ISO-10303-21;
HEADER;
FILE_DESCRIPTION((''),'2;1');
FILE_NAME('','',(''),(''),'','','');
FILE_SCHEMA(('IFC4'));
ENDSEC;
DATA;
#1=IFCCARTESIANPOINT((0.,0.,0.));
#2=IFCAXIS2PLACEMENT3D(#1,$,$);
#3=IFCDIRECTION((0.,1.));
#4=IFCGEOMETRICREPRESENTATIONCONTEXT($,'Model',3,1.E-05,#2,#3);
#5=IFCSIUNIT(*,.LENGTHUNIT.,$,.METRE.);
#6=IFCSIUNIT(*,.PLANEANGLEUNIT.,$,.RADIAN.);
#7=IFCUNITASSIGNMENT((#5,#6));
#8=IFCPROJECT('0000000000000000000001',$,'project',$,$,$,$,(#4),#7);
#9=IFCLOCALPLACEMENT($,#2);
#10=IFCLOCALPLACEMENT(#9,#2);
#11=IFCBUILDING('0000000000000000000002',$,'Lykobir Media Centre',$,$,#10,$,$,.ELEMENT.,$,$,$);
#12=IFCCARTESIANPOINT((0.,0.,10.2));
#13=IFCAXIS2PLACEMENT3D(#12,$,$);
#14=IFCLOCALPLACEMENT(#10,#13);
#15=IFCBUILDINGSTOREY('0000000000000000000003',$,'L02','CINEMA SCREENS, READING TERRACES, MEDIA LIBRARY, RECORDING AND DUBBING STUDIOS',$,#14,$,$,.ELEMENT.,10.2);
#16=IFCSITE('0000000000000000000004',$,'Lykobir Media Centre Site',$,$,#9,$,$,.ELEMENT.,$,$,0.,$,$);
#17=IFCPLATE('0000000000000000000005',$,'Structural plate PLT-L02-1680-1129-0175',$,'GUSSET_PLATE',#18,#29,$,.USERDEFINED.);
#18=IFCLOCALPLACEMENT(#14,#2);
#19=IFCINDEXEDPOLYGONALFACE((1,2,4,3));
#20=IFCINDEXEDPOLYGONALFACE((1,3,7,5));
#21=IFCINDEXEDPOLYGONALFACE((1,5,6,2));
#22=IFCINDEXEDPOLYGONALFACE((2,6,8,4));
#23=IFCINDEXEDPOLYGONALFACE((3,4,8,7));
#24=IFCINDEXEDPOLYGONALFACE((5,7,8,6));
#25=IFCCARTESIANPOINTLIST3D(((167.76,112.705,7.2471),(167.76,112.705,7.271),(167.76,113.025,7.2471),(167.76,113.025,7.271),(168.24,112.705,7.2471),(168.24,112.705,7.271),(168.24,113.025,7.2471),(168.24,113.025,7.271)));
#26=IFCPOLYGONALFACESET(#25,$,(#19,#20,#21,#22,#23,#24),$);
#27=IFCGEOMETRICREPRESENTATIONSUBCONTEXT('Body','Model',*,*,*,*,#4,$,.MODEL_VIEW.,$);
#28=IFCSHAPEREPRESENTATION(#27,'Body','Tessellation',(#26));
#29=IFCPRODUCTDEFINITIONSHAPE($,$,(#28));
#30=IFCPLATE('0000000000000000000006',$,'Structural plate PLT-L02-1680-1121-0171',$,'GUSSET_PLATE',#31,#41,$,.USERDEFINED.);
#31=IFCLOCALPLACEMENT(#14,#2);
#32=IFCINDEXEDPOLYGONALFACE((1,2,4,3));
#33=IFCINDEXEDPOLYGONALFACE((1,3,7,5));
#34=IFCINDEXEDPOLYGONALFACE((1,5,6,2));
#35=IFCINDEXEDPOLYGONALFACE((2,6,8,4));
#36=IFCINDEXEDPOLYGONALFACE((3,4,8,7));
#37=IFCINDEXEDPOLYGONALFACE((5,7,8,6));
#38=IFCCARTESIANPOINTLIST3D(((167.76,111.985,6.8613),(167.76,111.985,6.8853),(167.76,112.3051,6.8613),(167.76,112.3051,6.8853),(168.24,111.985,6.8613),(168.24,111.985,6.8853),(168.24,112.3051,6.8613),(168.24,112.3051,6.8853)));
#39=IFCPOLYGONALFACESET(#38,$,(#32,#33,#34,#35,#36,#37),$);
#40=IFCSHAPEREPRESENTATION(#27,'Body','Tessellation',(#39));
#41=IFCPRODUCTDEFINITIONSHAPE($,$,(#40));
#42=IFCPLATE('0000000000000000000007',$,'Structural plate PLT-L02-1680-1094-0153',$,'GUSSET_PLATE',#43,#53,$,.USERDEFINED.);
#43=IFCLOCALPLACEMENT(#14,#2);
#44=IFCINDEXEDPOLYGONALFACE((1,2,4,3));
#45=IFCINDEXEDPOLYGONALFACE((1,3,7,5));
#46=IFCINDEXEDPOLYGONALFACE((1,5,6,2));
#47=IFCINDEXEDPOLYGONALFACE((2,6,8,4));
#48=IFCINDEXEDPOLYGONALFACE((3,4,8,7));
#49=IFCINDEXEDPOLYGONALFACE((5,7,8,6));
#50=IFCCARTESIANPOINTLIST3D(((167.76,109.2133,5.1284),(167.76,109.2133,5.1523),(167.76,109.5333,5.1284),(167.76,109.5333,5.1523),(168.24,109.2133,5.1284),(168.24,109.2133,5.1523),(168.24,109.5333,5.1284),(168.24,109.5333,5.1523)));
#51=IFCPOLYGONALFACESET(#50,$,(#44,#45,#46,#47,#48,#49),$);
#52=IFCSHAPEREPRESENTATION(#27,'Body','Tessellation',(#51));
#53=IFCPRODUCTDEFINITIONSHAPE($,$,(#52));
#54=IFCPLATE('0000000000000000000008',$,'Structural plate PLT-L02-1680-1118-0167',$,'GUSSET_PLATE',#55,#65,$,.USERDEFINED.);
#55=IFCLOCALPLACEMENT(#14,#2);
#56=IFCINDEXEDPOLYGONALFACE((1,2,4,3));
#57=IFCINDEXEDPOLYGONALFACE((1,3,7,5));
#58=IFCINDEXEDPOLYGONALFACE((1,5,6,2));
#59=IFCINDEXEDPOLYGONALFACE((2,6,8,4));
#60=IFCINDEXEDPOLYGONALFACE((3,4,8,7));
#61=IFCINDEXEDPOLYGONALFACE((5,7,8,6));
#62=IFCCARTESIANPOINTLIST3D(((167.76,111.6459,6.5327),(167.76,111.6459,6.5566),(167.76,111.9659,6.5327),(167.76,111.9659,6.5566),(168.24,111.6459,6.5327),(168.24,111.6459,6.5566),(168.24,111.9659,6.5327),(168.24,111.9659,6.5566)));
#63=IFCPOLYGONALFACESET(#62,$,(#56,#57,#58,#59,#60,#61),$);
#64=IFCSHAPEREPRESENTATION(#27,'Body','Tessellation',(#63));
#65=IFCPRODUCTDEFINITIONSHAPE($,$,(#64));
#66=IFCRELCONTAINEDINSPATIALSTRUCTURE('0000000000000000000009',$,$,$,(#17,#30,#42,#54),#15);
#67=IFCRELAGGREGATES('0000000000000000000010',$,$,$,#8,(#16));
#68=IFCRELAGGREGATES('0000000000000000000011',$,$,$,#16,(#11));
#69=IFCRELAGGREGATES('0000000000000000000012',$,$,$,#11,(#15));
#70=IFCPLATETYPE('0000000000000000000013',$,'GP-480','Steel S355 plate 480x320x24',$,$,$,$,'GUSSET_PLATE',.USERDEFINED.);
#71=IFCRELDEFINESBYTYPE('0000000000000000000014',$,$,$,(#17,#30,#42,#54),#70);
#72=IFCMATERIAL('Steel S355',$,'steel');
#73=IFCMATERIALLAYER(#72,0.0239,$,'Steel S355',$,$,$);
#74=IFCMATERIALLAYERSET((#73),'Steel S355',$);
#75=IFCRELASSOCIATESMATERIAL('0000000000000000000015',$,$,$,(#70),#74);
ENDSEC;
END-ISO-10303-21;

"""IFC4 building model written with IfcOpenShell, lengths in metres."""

from ifc_helpers import new_model, si_unit, direction, frame, origin, origin_2d, place, context, subcontext, project, spatial, rectangle, extrude, material, layer, layer_set, type_object, element, save


model = new_model("IFC4")

# Units and contexts
model_context = context("Model", 3, precision=1e-05, world=origin(), true_north=direction((0.0, 1.0)))
body_context = subcontext(model_context, "Body", "Model", "MODEL_VIEW")
ifc_project = project(units=[si_unit("LENGTHUNIT", "METRE"), si_unit("PLANEANGLEUNIT", "RADIAN")], contexts=[model_context])

# Site, building, storey
site_placement = place(None, origin())
site = spatial("IfcSite", under=ifc_project, at=site_placement, Name="Lykobir Media Centre Site", CompositionType="ELEMENT", RefElevation=0.0)
building_placement = place(site_placement, origin())
building = spatial("IfcBuilding", under=site, at=building_placement, Name="Lykobir Media Centre", CompositionType="ELEMENT")
storey_placement = place(building_placement, frame((0.0, 0.0, 10.2)))
storey = spatial("IfcBuildingStorey", under=building, at=storey_placement, Name="L02", Description="CINEMA SCREENS, READING TERRACES, MEDIA LIBRARY, RECORDING AND DUBBING STUDIOS", CompositionType="ELEMENT", Elevation=10.2)

# Shared definitions
ifc_material_1 = material(Name="Steel S355", Category="steel")

# Plates
ifc_layer_1 = layer(ifc_material_1, 0.0239, Name="Steel S355")
ifc_layer_set_1 = layer_set([ifc_layer_1], Name="Steel S355")
plate_type_1 = type_object("IfcPlateType", Name="GP-480", Description="Steel S355 plate 480x320x24", ElementType="GUSSET_PLATE", PredefinedType="USERDEFINED", material=ifc_layer_set_1)
for number, where, z_axis, x_axis, name in (
    (1, (168.0, 112.865, 7.2471), (0.0, 0.0, 1.0), (1.0, 0.0, 0.0), "Structural plate PLT-L02-1680-1129-0175"),
    (2, (168.0, 112.145, 6.8613), (0.0, 0.0, 1.0), (1.0, 0.0, 0.0), "Structural plate PLT-L02-1680-1121-0171"),
    (3, (168.0, 109.3733, 5.1284), (0.0, 0.0, 1.0), (1.0, 0.0, 0.0), "Structural plate PLT-L02-1680-1094-0153"),
    (4, (168.0, 111.8059, 6.5327), (0.0, 0.0, 1.0), (1.0, 0.0, 0.0), "Structural plate PLT-L02-1680-1118-0167"),
):
    element("IfcPlate", number, at=place(storey_placement, frame(where, z_axis=z_axis, x_axis=x_axis)), inside=storey, type_object=plate_type_1, Name=name, ObjectType="GUSSET_PLATE", PredefinedType="USERDEFINED", context=body_context, shape_type="SweptSolid", body=[
        extrude(rectangle(XDim=0.48, YDim=0.3201, at=origin_2d()), origin(), (0.0, 0.0, 1.0), 0.0239),
    ])

save(model, "model.ifc")
